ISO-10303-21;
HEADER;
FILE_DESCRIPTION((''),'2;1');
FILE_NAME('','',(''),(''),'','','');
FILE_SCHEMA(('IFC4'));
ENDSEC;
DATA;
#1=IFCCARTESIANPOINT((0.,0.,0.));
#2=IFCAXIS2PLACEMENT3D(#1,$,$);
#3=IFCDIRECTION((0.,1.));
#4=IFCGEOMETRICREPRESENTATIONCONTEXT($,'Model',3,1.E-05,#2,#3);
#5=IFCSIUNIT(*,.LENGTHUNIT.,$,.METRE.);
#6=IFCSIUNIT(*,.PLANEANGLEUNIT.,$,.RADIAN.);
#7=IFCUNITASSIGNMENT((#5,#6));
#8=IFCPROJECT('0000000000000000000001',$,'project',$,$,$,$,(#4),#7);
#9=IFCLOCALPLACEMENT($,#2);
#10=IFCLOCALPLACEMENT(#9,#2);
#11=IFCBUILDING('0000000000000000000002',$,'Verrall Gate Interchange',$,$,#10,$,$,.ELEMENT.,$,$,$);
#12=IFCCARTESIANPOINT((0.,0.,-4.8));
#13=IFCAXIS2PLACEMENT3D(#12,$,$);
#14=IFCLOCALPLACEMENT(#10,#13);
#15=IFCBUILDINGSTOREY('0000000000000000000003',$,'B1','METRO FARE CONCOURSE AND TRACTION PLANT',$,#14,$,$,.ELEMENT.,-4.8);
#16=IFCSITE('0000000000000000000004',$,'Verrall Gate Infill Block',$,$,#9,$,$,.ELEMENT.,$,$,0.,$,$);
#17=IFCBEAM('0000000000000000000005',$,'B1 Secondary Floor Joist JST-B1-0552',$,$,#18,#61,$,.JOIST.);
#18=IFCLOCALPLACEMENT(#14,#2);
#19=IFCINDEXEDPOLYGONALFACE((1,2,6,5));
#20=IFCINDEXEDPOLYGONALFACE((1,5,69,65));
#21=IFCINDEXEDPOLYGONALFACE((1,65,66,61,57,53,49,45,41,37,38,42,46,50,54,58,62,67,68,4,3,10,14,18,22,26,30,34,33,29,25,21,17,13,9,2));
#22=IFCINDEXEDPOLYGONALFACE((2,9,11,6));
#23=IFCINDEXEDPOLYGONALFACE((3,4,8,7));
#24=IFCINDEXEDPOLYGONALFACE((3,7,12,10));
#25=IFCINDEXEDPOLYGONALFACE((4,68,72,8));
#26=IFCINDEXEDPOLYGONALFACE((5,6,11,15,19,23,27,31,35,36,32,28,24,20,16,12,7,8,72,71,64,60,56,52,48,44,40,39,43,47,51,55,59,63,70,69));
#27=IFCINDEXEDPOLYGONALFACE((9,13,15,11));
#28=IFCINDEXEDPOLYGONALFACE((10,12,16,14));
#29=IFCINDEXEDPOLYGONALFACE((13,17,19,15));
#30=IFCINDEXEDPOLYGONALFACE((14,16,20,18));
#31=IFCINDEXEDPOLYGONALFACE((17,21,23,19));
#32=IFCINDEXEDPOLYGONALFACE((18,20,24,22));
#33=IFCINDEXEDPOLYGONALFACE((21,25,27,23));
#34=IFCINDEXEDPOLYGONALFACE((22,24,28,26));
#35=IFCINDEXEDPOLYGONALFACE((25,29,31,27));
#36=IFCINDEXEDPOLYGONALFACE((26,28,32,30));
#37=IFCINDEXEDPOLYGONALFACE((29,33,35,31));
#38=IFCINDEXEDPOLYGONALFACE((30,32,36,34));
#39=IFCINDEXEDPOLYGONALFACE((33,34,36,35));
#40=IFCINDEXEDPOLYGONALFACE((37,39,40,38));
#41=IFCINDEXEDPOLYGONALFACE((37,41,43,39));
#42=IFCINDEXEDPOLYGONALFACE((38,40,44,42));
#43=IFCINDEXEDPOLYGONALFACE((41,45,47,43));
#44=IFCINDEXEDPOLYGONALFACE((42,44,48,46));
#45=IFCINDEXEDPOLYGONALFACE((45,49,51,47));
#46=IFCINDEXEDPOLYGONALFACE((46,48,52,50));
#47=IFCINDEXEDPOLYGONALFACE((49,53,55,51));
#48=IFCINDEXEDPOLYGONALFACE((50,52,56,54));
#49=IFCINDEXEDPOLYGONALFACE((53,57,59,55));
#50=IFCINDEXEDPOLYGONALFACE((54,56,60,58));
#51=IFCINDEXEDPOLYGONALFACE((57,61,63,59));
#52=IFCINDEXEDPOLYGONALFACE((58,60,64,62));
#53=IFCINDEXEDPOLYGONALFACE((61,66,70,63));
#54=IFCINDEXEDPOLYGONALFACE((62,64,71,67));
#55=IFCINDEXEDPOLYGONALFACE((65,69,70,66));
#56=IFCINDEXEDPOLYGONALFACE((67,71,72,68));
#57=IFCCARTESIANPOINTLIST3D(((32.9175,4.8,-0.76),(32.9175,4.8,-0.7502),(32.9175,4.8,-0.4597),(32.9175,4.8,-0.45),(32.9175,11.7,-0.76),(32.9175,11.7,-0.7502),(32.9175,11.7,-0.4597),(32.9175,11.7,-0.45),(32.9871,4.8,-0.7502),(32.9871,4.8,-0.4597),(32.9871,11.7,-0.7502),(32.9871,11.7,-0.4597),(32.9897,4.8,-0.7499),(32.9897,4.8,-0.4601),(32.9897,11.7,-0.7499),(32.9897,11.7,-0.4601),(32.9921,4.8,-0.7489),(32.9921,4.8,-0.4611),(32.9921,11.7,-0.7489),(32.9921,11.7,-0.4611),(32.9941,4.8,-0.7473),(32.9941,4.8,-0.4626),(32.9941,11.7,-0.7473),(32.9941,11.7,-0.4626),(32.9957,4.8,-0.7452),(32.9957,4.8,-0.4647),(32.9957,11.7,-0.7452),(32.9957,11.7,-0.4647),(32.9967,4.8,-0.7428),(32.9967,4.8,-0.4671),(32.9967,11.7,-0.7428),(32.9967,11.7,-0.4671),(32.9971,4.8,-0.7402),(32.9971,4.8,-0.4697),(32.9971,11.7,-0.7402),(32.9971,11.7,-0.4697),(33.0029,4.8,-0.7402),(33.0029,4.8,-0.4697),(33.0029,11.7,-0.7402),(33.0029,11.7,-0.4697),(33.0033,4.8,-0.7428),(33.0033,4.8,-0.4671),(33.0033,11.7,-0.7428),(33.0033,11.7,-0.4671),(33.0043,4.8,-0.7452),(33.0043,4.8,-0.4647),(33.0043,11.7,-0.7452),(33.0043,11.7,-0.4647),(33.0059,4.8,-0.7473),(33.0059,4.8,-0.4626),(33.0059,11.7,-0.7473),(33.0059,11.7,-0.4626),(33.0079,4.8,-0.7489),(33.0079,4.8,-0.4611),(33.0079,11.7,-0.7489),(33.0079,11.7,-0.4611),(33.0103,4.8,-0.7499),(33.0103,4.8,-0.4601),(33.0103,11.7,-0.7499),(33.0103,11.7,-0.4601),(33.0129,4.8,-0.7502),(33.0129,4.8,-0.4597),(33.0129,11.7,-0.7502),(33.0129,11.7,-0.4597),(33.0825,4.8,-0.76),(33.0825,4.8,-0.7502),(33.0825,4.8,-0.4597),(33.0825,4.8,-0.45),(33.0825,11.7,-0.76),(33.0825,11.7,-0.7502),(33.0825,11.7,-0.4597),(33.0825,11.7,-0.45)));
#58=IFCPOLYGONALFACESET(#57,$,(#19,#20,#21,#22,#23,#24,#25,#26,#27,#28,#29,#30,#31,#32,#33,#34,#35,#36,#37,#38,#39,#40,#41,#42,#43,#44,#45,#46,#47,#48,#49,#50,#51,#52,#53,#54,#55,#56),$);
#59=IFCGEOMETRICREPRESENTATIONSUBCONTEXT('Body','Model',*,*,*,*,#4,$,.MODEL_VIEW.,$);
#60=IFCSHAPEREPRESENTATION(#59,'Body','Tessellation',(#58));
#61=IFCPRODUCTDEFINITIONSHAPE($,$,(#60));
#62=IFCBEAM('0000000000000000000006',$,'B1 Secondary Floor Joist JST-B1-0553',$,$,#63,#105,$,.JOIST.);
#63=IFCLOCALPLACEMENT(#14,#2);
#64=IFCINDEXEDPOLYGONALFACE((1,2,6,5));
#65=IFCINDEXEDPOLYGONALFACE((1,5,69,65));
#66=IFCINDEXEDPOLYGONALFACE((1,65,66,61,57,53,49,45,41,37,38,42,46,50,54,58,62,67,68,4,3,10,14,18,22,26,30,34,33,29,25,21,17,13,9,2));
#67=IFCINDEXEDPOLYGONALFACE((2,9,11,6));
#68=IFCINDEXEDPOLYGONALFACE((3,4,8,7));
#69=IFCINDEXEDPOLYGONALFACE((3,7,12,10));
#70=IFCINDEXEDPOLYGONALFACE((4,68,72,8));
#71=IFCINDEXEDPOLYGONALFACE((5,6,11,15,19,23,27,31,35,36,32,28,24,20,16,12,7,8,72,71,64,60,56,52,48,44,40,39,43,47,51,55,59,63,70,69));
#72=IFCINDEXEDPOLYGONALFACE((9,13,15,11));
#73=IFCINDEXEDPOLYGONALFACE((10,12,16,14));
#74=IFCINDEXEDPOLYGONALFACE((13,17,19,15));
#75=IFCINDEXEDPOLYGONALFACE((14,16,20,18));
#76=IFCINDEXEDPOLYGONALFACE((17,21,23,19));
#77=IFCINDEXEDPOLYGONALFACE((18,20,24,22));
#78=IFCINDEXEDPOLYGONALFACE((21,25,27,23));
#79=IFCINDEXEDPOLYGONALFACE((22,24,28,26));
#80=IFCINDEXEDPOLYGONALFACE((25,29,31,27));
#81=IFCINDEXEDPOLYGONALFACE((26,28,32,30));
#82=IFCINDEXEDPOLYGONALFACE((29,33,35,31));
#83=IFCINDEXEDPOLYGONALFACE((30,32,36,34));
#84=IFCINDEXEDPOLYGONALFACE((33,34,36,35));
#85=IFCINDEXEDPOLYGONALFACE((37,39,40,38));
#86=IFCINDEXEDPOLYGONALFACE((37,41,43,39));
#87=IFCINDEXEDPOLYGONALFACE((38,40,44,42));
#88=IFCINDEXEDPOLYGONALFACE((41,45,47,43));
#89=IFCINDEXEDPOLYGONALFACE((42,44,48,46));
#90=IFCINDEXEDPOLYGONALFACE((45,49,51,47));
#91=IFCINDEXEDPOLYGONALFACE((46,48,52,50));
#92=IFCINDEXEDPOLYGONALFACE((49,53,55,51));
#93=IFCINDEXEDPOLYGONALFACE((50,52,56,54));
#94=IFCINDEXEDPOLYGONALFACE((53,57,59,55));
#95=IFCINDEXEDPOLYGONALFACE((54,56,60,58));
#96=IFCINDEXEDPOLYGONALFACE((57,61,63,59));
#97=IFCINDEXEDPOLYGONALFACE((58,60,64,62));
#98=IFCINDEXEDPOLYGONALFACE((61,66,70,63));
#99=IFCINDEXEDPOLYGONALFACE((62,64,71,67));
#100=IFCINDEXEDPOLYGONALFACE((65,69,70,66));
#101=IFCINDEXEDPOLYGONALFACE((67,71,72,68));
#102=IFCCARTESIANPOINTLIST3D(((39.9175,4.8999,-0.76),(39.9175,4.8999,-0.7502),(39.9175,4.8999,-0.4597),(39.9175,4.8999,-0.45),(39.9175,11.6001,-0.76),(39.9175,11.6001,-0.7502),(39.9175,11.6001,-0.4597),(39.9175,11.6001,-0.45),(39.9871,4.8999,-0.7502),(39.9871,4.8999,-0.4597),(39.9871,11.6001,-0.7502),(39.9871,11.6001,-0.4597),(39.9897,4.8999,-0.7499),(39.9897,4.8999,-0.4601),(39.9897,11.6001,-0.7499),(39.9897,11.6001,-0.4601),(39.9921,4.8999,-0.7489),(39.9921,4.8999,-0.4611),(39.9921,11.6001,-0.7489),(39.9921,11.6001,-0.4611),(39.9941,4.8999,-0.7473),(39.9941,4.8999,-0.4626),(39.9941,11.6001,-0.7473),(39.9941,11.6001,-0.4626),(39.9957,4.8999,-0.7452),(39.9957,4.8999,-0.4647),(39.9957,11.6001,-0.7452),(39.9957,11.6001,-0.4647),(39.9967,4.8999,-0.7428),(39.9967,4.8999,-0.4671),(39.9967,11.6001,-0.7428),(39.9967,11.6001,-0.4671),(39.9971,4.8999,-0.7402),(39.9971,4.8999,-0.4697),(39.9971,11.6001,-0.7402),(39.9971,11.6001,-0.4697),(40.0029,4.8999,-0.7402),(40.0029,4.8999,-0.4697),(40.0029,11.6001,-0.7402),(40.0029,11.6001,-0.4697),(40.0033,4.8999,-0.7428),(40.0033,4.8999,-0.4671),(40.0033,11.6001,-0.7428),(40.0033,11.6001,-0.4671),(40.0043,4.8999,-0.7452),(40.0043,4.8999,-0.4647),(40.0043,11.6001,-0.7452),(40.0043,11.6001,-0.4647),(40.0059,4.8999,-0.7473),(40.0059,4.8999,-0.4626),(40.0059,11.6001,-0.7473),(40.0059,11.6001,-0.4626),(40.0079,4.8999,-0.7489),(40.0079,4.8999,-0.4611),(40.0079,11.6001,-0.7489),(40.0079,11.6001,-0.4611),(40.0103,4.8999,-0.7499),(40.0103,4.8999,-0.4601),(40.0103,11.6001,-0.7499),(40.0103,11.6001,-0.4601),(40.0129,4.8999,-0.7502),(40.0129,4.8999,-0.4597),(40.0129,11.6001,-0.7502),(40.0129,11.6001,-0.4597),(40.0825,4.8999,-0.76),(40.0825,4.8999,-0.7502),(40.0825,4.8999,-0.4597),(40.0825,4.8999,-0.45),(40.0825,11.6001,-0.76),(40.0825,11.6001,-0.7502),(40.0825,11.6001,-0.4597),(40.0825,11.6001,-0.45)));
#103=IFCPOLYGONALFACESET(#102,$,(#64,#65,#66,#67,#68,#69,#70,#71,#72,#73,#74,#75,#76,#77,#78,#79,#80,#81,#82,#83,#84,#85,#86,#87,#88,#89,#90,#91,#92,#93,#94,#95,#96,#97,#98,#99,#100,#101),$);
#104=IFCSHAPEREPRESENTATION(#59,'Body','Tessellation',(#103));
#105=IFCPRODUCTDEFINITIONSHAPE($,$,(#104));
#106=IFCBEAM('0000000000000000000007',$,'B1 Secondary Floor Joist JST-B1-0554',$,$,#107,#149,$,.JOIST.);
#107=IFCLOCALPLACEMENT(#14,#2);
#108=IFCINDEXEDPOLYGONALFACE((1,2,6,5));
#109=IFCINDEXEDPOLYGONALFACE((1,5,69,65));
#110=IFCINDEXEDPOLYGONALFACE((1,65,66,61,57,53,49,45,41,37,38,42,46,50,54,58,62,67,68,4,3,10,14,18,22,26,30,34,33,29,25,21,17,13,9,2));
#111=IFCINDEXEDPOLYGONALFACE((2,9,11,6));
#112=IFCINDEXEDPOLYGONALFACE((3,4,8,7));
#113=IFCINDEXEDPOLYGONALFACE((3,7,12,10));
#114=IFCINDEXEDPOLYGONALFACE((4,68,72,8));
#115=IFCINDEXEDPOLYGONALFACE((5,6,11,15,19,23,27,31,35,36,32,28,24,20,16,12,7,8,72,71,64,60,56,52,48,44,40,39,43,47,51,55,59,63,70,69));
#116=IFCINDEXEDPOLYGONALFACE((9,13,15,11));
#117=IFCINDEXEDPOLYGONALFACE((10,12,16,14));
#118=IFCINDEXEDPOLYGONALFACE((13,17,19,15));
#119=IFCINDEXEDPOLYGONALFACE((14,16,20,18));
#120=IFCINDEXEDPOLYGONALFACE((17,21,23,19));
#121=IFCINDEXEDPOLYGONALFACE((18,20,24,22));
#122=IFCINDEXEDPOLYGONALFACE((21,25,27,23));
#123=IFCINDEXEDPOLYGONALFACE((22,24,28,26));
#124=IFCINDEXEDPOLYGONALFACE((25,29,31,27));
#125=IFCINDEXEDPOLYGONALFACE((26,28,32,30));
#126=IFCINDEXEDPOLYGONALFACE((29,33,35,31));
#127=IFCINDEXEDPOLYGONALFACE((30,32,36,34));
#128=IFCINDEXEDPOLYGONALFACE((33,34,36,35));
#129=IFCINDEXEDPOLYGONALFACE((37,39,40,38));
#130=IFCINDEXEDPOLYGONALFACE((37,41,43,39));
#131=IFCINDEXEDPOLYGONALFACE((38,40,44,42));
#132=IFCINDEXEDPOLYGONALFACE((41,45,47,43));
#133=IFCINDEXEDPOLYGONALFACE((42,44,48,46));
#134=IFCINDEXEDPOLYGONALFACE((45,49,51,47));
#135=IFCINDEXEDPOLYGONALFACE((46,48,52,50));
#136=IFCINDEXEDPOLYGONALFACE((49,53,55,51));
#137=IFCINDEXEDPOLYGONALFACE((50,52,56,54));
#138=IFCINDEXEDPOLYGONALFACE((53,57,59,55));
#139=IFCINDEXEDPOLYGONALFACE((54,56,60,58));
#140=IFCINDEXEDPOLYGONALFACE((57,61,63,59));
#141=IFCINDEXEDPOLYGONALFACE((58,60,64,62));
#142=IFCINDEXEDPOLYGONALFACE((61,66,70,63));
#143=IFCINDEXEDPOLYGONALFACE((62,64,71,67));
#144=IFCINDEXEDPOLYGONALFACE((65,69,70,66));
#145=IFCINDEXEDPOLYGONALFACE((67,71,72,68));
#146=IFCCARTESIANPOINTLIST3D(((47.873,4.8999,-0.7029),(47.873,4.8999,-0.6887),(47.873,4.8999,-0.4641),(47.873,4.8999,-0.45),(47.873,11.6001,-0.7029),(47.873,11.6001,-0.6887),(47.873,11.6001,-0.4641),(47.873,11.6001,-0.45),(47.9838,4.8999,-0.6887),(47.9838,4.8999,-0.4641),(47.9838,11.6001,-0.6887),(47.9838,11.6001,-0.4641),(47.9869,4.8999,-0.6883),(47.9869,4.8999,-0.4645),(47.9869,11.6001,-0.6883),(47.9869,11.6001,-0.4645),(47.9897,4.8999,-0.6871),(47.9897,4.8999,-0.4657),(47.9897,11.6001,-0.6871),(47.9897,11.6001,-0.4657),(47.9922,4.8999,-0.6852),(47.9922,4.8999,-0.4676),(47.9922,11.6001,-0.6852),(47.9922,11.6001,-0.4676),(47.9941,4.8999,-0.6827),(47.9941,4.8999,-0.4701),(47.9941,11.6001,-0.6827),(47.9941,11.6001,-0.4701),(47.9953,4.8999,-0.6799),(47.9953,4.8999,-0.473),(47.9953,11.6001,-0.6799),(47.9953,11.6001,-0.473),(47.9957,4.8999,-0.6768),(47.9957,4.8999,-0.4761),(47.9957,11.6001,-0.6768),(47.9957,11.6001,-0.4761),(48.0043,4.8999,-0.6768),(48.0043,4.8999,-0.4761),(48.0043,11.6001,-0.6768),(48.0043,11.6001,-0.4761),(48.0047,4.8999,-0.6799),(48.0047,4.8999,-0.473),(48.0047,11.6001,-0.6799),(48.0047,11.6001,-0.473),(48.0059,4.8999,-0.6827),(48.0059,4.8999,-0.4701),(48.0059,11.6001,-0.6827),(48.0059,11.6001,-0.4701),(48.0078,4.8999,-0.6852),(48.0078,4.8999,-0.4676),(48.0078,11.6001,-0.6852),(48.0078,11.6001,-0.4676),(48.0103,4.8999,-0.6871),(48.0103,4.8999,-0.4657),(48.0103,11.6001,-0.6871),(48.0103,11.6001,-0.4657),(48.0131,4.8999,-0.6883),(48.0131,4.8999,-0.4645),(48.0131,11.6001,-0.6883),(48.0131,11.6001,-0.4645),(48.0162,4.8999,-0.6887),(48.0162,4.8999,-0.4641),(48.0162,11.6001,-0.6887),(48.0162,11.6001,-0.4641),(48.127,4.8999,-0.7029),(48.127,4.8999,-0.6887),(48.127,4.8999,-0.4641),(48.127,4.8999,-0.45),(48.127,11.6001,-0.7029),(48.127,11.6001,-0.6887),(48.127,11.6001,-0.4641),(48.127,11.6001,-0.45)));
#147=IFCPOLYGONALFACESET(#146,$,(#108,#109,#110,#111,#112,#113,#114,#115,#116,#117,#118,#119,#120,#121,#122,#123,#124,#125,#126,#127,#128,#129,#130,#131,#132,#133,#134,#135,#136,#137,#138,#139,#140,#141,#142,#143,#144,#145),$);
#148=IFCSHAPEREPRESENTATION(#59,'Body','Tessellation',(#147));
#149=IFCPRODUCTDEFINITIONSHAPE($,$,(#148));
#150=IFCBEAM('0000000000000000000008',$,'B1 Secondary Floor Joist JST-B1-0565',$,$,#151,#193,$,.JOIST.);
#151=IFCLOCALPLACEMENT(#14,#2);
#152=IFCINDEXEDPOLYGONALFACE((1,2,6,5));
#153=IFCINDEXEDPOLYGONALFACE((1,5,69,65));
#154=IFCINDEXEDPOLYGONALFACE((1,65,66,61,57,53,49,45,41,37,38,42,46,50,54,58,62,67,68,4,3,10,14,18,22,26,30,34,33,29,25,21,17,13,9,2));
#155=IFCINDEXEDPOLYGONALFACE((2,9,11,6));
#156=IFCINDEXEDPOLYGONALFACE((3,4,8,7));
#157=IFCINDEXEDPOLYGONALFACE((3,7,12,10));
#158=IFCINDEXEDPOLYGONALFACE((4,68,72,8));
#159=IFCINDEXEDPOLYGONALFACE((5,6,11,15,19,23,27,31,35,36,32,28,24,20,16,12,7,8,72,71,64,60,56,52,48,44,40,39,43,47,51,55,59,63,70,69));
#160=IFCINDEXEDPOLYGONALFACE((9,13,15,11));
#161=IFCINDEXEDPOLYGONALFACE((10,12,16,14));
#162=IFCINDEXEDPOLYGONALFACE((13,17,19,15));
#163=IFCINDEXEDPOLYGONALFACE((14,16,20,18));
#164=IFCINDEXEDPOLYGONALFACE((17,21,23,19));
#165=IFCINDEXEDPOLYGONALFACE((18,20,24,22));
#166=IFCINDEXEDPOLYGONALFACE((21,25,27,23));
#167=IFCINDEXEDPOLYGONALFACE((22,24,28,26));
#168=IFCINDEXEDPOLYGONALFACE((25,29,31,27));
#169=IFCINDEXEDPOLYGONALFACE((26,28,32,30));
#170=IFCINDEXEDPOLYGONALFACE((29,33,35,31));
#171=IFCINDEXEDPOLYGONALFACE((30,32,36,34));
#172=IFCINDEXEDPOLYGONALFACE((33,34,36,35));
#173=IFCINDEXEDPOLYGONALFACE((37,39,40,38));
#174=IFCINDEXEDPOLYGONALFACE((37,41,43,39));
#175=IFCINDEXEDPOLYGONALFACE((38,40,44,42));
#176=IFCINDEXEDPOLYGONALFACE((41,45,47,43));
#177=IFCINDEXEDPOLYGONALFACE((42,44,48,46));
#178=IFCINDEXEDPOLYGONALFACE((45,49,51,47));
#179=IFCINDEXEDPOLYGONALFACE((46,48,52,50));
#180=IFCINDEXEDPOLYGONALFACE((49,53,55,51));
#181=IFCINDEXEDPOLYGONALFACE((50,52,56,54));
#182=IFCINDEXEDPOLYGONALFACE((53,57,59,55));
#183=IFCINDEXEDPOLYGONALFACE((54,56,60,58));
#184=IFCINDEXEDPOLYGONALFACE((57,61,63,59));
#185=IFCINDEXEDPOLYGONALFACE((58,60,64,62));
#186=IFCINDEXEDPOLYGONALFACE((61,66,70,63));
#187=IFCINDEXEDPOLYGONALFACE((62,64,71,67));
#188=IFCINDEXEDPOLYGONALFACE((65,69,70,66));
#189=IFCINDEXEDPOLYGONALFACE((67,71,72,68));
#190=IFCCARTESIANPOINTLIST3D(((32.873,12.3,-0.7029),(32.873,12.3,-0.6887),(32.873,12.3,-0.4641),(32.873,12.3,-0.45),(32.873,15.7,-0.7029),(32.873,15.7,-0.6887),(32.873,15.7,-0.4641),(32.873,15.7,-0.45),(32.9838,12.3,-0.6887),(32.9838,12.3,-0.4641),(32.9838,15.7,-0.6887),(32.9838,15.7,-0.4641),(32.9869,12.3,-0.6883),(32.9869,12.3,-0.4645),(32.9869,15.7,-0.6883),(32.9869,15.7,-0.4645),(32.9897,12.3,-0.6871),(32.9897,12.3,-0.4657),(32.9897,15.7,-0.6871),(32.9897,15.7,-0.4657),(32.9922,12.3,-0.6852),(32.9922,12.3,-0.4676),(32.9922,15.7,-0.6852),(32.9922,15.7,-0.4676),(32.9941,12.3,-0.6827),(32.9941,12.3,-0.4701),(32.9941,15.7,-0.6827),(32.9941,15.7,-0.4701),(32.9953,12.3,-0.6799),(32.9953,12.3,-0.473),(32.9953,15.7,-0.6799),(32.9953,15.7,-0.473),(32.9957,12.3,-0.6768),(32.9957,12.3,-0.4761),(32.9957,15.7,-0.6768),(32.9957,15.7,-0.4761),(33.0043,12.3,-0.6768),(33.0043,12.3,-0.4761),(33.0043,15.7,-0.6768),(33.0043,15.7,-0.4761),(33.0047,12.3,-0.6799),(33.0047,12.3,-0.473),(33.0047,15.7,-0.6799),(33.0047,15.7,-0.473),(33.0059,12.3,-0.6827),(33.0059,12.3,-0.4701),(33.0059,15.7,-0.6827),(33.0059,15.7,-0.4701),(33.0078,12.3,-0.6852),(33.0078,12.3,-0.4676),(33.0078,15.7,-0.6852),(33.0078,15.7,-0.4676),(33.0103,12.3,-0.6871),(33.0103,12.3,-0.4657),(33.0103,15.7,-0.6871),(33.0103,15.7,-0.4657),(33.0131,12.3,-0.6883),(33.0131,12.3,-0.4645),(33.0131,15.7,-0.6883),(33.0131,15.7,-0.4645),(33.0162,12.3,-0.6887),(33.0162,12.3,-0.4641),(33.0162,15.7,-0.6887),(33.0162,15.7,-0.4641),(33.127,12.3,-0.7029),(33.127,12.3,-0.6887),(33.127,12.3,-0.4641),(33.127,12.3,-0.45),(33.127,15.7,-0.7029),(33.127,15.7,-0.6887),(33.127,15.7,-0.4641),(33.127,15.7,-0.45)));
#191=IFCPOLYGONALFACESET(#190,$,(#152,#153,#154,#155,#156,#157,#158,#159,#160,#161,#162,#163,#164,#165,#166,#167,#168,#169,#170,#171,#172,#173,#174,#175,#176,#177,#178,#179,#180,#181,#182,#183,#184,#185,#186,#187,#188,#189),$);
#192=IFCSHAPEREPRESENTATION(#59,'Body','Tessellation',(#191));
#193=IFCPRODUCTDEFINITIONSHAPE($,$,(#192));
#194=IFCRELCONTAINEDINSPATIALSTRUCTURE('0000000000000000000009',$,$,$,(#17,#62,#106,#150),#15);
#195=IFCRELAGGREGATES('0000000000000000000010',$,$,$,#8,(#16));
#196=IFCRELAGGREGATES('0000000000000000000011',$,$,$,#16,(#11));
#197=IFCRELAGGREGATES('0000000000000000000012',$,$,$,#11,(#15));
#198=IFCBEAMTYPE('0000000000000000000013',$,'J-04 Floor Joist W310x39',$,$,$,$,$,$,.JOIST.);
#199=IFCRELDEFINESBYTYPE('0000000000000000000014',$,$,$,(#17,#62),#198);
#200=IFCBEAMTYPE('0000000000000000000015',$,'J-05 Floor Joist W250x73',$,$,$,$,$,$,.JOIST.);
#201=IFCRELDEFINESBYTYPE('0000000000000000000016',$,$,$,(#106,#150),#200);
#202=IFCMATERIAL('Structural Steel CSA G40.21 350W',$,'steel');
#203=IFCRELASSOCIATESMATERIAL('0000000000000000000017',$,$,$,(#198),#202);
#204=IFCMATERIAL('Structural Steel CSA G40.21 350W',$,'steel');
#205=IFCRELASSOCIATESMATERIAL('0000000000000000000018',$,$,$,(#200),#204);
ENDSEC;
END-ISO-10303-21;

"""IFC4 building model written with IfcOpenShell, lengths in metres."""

from ifc_helpers import new_model, si_unit, direction, frame, origin, origin_2d, place, context, subcontext, project, spatial, i_section, extrude, material, material_profile, profile_set, type_object, element, save


model = new_model("IFC4")

# Units and contexts
model_context = context("Model", 3, precision=1e-05, world=origin(), true_north=direction((0.0, 1.0)))
body_context = subcontext(model_context, "Body", "Model", "MODEL_VIEW")
ifc_project = project(units=[si_unit("LENGTHUNIT", "METRE"), si_unit("PLANEANGLEUNIT", "RADIAN")], contexts=[model_context])

# Site, building, storey
site_placement = place(None, origin())
site = spatial("IfcSite", under=ifc_project, at=site_placement, Name="Verrall Gate Infill Block", CompositionType="ELEMENT", RefElevation=0.0)
building_placement = place(site_placement, origin())
building = spatial("IfcBuilding", under=site, at=building_placement, Name="Verrall Gate Interchange", CompositionType="ELEMENT")
storey_placement = place(building_placement, frame((0.0, 0.0, -4.8)))
storey = spatial("IfcBuildingStorey", under=building, at=storey_placement, Name="B1", Description="METRO FARE CONCOURSE AND TRACTION PLANT", CompositionType="ELEMENT", Elevation=-4.8)

# Beams
ifc_material_1 = material(Name="Structural Steel CSA G40.21 350W", Category="steel")
ifc_material_profile_1 = material_profile(ifc_material_1, i_section(OverallWidth=0.165, OverallDepth=0.3101, WebThickness=0.0059, FlangeThickness=0.0098, FilletRadius=0.01, at=origin_2d()), Name="W310x39")
ifc_profile_set_1 = profile_set([ifc_material_profile_1], Name="Structural Steel CSA G40.21 350W")
beam_type_1 = type_object("IfcBeamType", Name="J-04 Floor Joist W310x39", PredefinedType="JOIST", material=ifc_profile_set_1)
beam_1_placement = place(storey_placement, frame((33.0, 4.8, -0.605), z_axis=(0.0, 1.0, 0.0), x_axis=(-1.0, 0.0, 0.0)))
element("IfcBeam", 1, at=beam_1_placement, inside=storey, type_object=beam_type_1, Name="B1 Secondary Floor Joist JST-B1-0552", PredefinedType="JOIST", context=body_context, shape_type="SweptSolid", body=[
    extrude(i_section(OverallWidth=0.165, OverallDepth=0.3101, WebThickness=0.0059, FlangeThickness=0.0098, FilletRadius=0.01, at=origin_2d()), origin(), (0.0, 0.0, 1.0), 6.8999),
])
beam_2_placement = place(storey_placement, frame((40.0, 4.8999, -0.605), z_axis=(0.0, 1.0, 0.0), x_axis=(-1.0, 0.0, 0.0)))
element("IfcBeam", 2, at=beam_2_placement, inside=storey, type_object=beam_type_1, Name="B1 Secondary Floor Joist JST-B1-0553", PredefinedType="JOIST", context=body_context, shape_type="SweptSolid", body=[
    extrude(i_section(OverallWidth=0.165, OverallDepth=0.3101, WebThickness=0.0059, FlangeThickness=0.0098, FilletRadius=0.01, at=origin_2d()), origin(), (0.0, 0.0, 1.0), 6.7002),
])
ifc_material_2 = material(Name="Structural Steel CSA G40.21 350W", Category="steel")
ifc_material_profile_2 = material_profile(ifc_material_2, i_section(OverallWidth=0.2539, OverallDepth=0.2529, WebThickness=0.0085, FlangeThickness=0.0142, FilletRadius=0.012, at=origin_2d()), Name="W250x73")
ifc_profile_set_2 = profile_set([ifc_material_profile_2], Name="Structural Steel CSA G40.21 350W")
beam_type_2 = type_object("IfcBeamType", Name="J-05 Floor Joist W250x73", PredefinedType="JOIST", material=ifc_profile_set_2)
beam_3_placement = place(storey_placement, frame((48.0, 4.8999, -0.5764), z_axis=(0.0, 1.0, 0.0), x_axis=(-1.0, 0.0, 0.0)))
element("IfcBeam", 3, at=beam_3_placement, inside=storey, type_object=beam_type_2, Name="B1 Secondary Floor Joist JST-B1-0554", PredefinedType="JOIST", context=body_context, shape_type="SweptSolid", body=[
    extrude(i_section(OverallWidth=0.2539, OverallDepth=0.2529, WebThickness=0.0085, FlangeThickness=0.0142, FilletRadius=0.012, at=origin_2d()), origin(), (0.0, 0.0, 1.0), 6.7002),
])
beam_4_placement = place(storey_placement, frame((33.0, 12.3, -0.5764), z_axis=(0.0, 1.0, 0.0), x_axis=(-1.0, 0.0, 0.0)))
element("IfcBeam", 4, at=beam_4_placement, inside=storey, type_object=beam_type_2, Name="B1 Secondary Floor Joist JST-B1-0565", PredefinedType="JOIST", context=body_context, shape_type="SweptSolid", body=[
    extrude(i_section(OverallWidth=0.2539, OverallDepth=0.2529, WebThickness=0.0085, FlangeThickness=0.0142, FilletRadius=0.012, at=origin_2d()), origin(), (0.0, 0.0, 1.0), 3.3999),
])

save(model, "model.ifc")
